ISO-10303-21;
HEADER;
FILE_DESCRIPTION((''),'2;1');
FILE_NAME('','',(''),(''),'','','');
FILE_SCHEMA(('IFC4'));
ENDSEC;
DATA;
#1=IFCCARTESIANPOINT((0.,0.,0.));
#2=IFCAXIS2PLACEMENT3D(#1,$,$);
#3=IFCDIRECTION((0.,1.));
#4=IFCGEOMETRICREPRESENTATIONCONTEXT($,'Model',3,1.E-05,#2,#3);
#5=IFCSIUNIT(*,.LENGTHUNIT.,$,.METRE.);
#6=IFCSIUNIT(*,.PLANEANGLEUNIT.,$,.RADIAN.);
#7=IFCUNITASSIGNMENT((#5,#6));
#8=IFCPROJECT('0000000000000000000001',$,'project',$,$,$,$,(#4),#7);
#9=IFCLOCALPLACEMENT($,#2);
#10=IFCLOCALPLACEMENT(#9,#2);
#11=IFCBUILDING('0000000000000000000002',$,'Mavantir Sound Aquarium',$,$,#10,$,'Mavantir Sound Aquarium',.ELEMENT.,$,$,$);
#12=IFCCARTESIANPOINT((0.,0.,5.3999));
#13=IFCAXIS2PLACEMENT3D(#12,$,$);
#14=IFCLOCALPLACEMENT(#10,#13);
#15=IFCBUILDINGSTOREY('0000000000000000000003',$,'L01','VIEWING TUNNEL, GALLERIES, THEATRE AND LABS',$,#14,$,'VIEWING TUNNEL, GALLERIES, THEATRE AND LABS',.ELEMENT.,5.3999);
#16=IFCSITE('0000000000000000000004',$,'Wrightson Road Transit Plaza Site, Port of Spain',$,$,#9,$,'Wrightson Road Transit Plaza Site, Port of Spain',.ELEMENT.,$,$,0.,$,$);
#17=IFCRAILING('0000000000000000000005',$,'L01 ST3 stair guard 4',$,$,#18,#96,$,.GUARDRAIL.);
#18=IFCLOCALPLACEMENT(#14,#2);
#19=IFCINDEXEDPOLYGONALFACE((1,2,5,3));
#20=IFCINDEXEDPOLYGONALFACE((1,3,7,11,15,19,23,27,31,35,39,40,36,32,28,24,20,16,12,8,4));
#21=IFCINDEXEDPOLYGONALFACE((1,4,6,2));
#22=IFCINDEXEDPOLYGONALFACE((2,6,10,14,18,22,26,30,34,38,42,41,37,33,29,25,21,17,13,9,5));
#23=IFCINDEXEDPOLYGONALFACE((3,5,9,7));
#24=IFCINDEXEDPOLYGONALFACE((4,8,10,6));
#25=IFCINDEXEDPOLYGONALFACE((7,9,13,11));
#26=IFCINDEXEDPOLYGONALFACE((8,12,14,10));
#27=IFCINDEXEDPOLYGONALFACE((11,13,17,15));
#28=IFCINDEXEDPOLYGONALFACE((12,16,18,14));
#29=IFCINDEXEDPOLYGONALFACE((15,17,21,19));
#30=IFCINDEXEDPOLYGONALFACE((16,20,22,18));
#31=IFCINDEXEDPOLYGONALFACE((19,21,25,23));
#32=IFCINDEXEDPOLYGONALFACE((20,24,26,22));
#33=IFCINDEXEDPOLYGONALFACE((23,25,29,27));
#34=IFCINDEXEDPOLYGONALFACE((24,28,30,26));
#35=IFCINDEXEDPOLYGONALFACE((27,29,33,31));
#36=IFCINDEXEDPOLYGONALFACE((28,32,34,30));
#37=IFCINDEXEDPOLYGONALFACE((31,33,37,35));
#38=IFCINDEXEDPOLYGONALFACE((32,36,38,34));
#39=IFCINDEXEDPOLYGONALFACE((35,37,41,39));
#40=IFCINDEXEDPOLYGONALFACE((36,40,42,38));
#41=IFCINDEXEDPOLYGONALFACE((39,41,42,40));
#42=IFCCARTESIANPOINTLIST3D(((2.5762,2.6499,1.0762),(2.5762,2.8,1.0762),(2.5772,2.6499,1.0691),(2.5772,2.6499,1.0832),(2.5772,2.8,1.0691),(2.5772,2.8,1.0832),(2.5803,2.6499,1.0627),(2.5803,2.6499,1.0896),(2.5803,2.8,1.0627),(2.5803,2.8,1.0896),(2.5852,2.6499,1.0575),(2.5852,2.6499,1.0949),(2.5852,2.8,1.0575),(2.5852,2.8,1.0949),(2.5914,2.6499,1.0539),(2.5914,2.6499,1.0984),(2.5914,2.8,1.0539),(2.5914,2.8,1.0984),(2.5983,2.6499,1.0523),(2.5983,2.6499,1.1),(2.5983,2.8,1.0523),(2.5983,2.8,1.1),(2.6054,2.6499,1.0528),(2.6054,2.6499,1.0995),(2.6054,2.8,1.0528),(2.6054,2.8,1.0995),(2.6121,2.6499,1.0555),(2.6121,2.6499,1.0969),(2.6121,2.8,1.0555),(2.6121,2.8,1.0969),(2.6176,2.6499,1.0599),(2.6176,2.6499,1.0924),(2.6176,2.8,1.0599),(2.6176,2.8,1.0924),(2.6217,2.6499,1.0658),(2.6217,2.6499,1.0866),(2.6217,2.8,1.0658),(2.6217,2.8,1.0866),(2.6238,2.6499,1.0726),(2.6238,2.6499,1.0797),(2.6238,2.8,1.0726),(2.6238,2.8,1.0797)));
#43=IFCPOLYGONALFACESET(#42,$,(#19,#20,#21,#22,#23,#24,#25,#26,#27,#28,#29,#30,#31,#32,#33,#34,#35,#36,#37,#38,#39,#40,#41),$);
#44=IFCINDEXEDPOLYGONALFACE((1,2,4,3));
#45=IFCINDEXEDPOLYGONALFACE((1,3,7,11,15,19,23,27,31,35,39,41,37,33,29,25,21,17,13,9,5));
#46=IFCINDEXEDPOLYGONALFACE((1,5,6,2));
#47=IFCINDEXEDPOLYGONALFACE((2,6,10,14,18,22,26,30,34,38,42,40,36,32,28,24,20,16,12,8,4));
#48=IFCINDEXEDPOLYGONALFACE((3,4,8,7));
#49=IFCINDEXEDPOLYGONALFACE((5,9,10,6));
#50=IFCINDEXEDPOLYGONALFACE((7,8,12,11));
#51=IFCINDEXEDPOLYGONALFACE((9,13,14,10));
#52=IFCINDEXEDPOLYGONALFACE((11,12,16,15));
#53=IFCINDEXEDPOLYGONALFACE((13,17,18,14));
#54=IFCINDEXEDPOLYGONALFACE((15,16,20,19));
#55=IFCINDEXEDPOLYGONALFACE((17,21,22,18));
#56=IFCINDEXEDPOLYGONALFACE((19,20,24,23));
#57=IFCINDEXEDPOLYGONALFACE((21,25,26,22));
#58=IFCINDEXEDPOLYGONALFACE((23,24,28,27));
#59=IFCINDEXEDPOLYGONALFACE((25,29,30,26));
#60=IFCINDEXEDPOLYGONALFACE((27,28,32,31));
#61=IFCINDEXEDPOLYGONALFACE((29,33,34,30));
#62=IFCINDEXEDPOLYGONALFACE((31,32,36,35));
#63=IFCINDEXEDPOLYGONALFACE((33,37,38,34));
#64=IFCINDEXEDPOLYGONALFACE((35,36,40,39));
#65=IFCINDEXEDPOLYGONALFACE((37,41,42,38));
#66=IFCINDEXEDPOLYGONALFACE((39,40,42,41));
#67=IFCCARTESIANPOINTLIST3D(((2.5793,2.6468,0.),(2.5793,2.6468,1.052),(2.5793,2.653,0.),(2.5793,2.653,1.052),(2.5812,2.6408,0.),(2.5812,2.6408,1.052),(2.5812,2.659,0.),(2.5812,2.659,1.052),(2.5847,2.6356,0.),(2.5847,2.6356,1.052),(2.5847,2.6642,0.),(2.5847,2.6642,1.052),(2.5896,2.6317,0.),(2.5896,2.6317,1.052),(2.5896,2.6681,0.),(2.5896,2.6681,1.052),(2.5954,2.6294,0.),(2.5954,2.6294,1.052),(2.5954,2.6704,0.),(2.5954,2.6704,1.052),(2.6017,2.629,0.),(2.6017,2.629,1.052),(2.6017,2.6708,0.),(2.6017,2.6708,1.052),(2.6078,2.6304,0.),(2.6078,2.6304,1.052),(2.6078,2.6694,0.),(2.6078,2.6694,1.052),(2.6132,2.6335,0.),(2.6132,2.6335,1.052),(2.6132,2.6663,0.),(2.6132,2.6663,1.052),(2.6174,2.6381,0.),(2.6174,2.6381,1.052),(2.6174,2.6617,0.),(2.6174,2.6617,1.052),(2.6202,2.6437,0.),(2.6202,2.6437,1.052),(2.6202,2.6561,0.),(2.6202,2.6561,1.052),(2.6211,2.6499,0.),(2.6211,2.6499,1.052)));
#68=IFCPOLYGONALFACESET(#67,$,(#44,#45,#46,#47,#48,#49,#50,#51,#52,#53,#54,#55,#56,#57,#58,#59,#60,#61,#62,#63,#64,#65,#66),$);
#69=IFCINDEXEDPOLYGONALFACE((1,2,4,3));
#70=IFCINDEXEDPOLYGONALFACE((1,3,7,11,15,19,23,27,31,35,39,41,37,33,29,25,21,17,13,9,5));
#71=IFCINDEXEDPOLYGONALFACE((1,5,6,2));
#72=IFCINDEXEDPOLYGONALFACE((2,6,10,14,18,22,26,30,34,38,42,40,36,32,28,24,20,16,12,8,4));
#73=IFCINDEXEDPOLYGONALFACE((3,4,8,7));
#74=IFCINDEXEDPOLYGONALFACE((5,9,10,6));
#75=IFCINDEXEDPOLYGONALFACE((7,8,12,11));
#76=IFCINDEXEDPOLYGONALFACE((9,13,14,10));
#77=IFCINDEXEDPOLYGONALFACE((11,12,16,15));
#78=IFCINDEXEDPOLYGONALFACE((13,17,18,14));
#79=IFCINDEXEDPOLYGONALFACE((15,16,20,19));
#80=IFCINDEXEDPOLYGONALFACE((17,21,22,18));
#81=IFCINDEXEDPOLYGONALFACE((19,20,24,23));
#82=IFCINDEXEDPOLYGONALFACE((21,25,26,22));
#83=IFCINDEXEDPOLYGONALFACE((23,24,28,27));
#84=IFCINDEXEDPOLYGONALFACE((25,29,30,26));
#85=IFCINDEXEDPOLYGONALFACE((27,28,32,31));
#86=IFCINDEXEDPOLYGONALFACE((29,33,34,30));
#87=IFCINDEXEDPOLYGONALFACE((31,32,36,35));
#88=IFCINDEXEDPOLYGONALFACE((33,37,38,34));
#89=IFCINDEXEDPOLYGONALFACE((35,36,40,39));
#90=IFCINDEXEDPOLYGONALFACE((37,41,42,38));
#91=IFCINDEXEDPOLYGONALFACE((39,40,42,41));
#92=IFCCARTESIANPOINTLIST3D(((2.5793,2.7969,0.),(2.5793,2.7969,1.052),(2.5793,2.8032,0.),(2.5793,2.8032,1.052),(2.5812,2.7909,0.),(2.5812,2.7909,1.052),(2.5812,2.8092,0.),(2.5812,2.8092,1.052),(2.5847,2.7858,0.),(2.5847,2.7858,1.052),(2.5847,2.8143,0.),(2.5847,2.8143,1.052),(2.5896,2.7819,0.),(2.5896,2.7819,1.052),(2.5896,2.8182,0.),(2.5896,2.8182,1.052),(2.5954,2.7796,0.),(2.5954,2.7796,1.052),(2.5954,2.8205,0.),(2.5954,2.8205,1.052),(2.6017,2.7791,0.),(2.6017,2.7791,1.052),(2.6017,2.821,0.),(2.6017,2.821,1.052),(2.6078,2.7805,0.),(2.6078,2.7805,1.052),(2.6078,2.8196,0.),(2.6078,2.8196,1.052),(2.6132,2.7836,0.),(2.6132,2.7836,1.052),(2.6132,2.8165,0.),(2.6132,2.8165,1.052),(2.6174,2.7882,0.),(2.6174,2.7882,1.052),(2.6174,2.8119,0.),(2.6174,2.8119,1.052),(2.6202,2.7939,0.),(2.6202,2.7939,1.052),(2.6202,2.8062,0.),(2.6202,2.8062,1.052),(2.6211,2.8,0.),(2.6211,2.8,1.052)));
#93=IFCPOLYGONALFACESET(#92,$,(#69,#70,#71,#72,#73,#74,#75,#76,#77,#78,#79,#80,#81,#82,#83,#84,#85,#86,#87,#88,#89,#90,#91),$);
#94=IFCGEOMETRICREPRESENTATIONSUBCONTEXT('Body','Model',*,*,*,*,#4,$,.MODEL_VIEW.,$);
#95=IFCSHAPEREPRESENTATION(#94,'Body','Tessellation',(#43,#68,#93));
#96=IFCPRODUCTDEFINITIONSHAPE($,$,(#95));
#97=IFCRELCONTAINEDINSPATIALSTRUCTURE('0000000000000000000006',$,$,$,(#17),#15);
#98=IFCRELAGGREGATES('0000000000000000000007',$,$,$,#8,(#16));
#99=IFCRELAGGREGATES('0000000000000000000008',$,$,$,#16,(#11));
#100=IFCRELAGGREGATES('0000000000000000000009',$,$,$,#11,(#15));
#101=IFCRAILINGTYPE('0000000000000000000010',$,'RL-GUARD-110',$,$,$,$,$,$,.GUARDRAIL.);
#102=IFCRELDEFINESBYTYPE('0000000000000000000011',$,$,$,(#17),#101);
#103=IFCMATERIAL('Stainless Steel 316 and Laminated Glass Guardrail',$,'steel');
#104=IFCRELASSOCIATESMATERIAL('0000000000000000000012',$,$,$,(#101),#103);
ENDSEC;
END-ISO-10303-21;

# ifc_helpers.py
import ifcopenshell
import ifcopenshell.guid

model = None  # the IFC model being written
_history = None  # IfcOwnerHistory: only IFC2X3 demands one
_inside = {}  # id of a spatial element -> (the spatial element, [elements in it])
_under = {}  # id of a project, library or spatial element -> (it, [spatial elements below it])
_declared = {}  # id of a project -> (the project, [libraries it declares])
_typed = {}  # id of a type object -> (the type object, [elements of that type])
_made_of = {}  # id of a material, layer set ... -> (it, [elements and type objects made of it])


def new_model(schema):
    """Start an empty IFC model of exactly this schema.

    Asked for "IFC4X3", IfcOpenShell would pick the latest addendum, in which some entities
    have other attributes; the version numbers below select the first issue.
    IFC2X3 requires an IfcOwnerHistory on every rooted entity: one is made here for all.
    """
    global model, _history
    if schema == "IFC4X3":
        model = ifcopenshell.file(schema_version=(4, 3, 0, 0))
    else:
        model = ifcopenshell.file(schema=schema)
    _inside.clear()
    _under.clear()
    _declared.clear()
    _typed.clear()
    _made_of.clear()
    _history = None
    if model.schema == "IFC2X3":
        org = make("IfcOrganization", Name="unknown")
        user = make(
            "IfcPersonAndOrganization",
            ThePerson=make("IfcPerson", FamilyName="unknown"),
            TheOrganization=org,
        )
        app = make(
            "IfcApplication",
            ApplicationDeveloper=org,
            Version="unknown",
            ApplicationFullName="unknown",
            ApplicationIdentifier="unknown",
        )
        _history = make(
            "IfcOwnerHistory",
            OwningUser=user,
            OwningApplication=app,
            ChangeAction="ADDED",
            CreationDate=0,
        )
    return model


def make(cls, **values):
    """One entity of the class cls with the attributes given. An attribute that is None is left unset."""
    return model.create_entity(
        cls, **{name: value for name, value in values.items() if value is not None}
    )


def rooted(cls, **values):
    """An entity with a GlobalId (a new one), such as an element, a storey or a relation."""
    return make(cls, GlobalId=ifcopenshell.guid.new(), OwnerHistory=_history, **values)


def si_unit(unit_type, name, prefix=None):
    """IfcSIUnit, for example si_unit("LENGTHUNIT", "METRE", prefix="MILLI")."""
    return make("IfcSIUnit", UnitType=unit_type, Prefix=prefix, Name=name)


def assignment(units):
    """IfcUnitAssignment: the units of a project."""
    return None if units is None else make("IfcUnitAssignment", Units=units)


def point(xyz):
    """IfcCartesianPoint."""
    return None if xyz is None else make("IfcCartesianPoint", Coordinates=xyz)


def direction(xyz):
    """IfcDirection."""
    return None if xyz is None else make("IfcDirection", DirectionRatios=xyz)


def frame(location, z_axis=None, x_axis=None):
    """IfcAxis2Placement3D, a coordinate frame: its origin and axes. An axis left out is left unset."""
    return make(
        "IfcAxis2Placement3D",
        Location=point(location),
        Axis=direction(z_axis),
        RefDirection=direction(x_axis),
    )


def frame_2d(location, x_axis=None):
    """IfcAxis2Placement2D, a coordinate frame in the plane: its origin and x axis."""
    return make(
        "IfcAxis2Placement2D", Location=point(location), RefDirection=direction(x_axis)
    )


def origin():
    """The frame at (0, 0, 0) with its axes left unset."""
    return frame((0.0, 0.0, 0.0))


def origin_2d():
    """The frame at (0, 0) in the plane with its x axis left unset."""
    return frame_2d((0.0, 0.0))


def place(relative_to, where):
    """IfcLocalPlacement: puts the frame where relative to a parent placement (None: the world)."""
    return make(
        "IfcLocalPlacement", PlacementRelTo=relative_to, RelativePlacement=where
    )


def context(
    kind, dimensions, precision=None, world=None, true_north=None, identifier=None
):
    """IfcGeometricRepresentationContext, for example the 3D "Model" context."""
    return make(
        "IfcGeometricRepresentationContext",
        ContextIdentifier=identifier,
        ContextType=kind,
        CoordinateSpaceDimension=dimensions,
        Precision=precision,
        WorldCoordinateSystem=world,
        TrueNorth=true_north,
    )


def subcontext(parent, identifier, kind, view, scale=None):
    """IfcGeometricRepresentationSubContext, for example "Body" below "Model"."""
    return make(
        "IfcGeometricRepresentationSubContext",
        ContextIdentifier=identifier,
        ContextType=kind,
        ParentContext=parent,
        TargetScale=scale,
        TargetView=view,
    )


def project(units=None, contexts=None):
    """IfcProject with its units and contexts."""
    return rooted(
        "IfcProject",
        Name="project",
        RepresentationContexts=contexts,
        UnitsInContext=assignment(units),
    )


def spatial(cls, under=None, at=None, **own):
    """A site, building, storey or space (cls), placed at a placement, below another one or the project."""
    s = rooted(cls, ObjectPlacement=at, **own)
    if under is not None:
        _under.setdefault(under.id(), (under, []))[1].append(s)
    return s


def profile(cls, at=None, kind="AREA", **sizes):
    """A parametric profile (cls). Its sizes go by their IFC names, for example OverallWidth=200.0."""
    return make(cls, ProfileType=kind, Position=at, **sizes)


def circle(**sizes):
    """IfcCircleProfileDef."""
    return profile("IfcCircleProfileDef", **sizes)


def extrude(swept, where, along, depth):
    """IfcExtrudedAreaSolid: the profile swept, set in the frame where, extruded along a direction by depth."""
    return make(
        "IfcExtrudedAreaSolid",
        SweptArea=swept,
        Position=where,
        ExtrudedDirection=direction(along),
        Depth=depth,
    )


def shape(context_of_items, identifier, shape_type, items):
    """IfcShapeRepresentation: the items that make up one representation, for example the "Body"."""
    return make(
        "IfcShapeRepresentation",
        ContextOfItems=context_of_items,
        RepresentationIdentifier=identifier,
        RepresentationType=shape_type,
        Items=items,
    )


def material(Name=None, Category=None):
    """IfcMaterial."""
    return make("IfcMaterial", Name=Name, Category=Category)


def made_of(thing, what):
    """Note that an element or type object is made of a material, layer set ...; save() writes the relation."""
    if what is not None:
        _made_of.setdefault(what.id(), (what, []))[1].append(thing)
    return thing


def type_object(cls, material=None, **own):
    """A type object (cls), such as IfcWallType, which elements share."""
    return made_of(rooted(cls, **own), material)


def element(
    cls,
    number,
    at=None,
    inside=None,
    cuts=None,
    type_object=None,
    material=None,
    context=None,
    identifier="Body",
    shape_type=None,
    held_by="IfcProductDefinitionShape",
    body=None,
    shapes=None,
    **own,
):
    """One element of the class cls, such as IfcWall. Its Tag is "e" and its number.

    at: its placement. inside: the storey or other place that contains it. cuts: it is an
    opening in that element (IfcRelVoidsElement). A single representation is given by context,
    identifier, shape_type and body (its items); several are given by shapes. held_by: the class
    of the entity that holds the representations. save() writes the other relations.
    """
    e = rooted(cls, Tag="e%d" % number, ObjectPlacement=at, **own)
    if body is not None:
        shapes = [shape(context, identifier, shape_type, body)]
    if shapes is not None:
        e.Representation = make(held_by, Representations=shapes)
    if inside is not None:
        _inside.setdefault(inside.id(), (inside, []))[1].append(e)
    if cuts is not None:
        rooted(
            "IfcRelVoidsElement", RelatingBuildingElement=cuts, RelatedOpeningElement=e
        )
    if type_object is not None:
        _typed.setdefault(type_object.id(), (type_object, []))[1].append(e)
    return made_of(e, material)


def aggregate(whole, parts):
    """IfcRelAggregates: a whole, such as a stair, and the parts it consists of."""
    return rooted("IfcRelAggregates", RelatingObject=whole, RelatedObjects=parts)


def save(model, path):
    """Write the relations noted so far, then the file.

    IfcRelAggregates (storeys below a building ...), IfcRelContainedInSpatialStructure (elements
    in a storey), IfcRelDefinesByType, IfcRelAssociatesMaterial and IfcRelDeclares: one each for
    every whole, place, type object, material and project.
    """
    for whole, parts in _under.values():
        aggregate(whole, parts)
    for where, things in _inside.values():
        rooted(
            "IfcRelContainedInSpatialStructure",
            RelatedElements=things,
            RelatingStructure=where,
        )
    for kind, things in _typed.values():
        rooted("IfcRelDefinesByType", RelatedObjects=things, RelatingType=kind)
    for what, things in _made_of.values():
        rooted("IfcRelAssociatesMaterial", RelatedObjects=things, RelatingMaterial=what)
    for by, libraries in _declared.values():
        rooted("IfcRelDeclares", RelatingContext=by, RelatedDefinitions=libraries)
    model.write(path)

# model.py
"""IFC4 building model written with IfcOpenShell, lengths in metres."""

from ifc_helpers import new_model, si_unit, direction, frame, origin, origin_2d, place, context, subcontext, project, spatial, circle, extrude, material, type_object, element, save


model = new_model("IFC4")

# Units and contexts
model_context = context("Model", 3, precision=1e-05, world=origin(), true_north=direction((0.0, 1.0)))
body_context = subcontext(model_context, "Body", "Model", "MODEL_VIEW")
ifc_project = project(units=[si_unit("LENGTHUNIT", "METRE"), si_unit("PLANEANGLEUNIT", "RADIAN")], contexts=[model_context])

# Site, building, storey
site_placement = place(None, origin())
site = spatial("IfcSite", under=ifc_project, at=site_placement, Name="Wrightson Road Transit Plaza Site, Port of Spain", LongName="Wrightson Road Transit Plaza Site, Port of Spain", CompositionType="ELEMENT", RefElevation=0.0)
building_placement = place(site_placement, origin())
building = spatial("IfcBuilding", under=site, at=building_placement, Name="Mavantir Sound Aquarium", LongName="Mavantir Sound Aquarium", CompositionType="ELEMENT")
storey_placement = place(building_placement, frame((0.0, 0.0, 5.3999)))
storey = spatial("IfcBuildingStorey", under=building, at=storey_placement, Name="L01", Description="VIEWING TUNNEL, GALLERIES, THEATRE AND LABS", LongName="VIEWING TUNNEL, GALLERIES, THEATRE AND LABS", CompositionType="ELEMENT", Elevation=5.3999)

# Railing
ifc_material_1 = material(Name="Stainless Steel 316 and Laminated Glass Guardrail", Category="steel")
railing_type = type_object("IfcRailingType", Name="RL-GUARD-110", PredefinedType="GUARDRAIL", material=ifc_material_1)
railing_1_placement = place(storey_placement, frame((2.6001, 2.6499, 0.0)))
element("IfcRailing", 1, at=railing_1_placement, inside=storey, type_object=railing_type, Name="L01 ST3 stair guard 4", PredefinedType="GUARDRAIL", context=body_context, shape_type="SweptSolid", body=[
    extrude(circle(Radius=0.0239, at=origin_2d()), frame((0.0, 0.0, 1.0762), z_axis=(0.0, 1.0, 0.0), x_axis=(-1.0, 0.0, 0.0)), (0.0, 0.0, 1.0), 0.1501),
    extrude(circle(Radius=0.021, at=origin_2d()), origin(), (0.0, 0.0, 1.0), 1.052),
    extrude(circle(Radius=0.021, at=origin_2d()), frame((0.0, 0.1501, 0.0)), (0.0, 0.0, 1.0), 1.052),
])

save(model, "model.ifc")
